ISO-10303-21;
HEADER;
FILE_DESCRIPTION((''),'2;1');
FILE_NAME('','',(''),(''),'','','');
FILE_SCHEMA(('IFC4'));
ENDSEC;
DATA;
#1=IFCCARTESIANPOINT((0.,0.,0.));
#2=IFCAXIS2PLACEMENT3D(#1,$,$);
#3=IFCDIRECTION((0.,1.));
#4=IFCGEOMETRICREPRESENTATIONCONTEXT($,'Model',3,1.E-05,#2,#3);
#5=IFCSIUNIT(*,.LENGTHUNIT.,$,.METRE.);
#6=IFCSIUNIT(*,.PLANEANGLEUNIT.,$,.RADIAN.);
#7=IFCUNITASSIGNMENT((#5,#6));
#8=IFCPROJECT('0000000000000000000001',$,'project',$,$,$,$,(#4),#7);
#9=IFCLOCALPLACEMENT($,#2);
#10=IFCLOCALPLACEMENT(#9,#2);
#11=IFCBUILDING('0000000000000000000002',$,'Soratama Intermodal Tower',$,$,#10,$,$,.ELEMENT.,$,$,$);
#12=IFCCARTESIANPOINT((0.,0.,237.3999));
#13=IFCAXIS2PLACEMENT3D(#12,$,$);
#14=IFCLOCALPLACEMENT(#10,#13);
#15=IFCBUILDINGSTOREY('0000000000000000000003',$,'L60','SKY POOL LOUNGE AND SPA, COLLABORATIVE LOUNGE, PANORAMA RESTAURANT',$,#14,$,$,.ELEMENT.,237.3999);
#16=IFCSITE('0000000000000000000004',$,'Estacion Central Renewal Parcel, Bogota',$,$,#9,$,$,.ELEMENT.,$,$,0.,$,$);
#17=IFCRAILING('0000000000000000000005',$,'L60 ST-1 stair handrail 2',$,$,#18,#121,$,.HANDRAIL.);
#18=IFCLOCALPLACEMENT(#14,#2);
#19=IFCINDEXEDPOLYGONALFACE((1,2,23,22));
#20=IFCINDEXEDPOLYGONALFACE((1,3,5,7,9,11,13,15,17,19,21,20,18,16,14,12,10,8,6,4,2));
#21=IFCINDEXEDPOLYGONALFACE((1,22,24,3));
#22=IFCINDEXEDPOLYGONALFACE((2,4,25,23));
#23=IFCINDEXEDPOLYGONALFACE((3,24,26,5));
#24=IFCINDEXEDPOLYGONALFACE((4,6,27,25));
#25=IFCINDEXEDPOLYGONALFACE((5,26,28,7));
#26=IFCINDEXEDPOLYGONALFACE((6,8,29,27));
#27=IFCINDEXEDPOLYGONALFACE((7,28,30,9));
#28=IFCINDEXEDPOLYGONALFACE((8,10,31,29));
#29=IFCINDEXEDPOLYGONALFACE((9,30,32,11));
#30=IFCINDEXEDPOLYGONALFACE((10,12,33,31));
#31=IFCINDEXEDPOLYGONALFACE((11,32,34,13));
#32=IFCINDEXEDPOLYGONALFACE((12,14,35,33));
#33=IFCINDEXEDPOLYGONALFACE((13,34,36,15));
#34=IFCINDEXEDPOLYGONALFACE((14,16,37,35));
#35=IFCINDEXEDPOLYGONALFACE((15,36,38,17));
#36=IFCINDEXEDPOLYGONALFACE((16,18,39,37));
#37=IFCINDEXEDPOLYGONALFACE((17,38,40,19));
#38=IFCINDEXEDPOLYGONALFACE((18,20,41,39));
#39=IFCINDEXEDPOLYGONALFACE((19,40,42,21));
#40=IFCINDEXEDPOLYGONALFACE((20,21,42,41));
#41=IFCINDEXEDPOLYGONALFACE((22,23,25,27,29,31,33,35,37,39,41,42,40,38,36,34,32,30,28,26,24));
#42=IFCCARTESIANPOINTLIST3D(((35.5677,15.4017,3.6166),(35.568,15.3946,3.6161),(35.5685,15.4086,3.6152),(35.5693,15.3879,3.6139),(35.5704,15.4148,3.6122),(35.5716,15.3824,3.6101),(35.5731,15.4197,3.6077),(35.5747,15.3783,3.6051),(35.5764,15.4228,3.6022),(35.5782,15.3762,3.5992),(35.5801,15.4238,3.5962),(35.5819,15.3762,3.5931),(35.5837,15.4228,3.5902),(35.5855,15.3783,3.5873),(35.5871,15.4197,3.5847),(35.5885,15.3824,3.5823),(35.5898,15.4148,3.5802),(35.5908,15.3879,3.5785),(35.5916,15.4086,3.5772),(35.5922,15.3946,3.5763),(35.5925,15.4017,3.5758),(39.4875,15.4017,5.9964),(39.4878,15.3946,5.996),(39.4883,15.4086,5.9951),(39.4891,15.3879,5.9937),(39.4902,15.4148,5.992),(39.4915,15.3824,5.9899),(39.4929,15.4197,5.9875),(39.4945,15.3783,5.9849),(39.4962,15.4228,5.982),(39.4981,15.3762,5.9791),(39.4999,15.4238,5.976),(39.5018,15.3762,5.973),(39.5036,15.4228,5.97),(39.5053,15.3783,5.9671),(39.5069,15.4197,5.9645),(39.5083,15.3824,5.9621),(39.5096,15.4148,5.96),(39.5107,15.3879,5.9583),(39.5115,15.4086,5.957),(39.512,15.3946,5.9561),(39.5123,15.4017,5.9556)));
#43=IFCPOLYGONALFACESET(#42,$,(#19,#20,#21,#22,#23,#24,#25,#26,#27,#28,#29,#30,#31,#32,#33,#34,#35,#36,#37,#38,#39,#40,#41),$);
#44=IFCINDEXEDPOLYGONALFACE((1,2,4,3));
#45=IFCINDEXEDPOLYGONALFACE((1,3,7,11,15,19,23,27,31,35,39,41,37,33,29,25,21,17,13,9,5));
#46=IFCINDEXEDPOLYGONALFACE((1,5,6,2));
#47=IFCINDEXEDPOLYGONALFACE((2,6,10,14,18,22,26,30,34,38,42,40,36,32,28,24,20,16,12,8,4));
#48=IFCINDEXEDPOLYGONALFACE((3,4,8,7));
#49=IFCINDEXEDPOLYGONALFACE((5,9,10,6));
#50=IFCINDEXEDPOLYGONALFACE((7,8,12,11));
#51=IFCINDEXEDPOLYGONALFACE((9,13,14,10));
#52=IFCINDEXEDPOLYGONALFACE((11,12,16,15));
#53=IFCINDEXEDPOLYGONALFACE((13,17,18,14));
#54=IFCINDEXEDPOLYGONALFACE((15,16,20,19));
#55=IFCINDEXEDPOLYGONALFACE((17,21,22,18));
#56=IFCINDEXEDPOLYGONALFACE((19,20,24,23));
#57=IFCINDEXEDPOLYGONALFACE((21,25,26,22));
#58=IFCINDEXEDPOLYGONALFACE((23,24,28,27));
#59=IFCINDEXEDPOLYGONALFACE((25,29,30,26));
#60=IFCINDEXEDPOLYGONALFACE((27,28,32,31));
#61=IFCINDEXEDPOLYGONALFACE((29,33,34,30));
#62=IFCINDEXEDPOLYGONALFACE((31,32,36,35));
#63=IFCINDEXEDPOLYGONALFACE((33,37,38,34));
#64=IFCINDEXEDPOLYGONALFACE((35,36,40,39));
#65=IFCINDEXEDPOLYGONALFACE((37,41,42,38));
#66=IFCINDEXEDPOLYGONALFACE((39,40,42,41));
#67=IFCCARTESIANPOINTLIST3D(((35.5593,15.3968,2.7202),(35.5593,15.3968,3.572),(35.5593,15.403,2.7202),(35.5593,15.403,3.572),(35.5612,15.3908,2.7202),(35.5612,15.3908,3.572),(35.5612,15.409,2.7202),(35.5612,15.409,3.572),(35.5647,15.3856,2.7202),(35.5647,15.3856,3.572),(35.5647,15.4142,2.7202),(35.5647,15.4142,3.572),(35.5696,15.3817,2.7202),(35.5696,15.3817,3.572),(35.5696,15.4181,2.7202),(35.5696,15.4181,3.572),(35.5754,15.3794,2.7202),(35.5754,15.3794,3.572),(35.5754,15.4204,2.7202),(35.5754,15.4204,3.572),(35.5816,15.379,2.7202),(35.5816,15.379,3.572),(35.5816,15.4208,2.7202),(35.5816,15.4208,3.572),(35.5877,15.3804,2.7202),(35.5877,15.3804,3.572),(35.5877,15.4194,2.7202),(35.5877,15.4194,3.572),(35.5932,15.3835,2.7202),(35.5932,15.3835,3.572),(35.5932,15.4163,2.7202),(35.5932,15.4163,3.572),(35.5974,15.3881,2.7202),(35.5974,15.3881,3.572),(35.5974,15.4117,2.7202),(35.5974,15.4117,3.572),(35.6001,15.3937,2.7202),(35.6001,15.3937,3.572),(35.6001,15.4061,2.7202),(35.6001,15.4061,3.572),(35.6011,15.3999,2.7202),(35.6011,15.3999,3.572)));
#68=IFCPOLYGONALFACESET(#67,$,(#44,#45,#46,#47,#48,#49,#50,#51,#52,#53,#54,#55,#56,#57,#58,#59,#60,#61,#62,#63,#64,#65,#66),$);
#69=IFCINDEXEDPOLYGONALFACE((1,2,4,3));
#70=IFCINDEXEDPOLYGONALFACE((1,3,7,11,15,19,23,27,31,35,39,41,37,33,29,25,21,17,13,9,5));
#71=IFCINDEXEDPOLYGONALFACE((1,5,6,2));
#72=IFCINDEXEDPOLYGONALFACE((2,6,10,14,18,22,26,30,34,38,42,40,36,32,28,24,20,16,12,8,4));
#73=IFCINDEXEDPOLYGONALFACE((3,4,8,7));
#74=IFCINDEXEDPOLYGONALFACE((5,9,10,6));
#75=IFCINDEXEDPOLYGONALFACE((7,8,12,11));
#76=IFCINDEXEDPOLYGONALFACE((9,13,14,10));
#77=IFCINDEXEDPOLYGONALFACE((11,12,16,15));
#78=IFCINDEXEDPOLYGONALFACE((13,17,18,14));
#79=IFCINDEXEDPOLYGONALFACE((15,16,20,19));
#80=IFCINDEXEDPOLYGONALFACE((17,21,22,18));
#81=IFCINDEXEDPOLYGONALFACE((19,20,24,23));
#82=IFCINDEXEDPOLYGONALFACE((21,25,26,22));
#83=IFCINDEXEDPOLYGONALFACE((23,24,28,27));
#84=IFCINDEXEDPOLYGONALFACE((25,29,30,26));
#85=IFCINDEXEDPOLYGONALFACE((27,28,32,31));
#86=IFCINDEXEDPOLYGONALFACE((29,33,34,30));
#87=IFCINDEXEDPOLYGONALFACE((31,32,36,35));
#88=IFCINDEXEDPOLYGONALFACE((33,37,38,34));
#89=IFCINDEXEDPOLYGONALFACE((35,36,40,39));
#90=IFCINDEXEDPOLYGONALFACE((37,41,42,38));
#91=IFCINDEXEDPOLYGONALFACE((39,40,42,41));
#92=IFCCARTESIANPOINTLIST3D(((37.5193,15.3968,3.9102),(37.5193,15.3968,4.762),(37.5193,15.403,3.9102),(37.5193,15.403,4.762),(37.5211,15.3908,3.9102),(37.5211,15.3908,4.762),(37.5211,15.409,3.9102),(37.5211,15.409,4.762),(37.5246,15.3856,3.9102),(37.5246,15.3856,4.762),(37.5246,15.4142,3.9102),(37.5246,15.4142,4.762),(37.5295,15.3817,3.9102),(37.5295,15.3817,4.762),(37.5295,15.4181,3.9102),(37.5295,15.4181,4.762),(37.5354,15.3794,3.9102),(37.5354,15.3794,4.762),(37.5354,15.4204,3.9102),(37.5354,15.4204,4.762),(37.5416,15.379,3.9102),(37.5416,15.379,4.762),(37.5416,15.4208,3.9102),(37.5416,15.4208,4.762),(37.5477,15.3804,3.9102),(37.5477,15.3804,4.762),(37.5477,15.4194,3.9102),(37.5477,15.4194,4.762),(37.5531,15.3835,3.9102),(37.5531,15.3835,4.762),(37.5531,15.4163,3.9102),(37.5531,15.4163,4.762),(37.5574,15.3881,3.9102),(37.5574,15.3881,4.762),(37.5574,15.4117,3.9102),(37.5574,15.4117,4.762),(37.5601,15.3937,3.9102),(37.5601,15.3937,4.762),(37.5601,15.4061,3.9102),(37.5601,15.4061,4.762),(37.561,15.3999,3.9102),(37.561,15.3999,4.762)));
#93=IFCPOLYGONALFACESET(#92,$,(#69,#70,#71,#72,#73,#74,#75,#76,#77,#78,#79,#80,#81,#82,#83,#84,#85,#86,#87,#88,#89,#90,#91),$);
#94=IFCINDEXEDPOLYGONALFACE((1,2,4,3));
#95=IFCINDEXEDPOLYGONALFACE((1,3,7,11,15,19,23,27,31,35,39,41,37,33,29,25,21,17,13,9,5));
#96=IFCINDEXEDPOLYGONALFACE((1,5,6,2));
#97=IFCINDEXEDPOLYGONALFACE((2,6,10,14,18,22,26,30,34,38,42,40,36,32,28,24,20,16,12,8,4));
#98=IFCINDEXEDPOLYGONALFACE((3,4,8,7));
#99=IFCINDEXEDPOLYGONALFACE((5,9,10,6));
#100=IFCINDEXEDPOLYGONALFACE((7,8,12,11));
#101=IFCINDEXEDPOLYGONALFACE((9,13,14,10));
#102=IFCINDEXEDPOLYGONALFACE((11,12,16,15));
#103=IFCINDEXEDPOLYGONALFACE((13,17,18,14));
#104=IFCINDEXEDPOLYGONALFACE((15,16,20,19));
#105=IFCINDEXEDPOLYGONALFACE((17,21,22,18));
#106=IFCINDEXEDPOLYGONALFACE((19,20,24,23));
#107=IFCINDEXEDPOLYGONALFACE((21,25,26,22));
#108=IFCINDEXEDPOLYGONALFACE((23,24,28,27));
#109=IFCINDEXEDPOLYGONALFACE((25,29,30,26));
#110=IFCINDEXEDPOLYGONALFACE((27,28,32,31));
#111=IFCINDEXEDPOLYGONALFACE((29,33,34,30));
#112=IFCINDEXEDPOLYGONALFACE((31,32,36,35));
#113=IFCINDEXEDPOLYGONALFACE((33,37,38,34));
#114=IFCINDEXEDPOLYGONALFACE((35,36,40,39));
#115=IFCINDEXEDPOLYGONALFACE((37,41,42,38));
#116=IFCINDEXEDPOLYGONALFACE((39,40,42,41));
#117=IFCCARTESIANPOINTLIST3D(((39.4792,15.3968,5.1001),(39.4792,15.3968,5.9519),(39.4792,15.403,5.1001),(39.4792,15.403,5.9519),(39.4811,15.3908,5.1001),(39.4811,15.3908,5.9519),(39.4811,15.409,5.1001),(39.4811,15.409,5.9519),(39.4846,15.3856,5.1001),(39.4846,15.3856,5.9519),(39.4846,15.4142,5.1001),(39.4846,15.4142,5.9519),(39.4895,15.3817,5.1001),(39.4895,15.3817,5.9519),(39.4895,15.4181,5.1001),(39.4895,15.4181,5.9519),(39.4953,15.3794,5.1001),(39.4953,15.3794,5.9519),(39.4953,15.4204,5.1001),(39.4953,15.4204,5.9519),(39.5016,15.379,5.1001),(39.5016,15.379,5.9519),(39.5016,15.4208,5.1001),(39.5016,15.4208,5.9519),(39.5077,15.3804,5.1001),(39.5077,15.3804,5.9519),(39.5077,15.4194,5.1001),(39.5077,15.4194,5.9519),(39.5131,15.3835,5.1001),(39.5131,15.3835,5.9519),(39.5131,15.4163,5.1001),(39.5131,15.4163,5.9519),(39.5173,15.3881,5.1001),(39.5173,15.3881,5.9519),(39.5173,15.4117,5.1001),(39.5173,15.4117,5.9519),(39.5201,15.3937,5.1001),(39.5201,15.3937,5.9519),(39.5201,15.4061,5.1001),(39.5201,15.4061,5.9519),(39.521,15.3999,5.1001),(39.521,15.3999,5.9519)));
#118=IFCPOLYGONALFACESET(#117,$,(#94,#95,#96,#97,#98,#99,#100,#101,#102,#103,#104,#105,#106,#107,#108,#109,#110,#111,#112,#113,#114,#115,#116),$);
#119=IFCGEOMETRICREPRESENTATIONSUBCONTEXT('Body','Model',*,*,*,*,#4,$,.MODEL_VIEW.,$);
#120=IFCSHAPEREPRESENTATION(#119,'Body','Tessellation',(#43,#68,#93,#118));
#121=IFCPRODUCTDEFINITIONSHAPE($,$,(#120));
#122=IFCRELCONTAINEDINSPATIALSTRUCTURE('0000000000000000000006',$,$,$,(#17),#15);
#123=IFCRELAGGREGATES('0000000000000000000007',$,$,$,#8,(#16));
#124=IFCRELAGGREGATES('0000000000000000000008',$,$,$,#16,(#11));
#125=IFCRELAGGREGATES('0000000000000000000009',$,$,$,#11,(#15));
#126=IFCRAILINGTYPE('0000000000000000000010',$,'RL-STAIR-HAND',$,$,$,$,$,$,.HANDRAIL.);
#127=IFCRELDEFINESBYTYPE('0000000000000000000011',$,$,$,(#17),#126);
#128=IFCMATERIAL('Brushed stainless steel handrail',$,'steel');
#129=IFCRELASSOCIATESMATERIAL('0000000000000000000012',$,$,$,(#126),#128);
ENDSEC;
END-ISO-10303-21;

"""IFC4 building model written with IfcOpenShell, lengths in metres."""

from ifc_helpers import new_model, si_unit, direction, frame, origin, origin_2d, place, context, subcontext, project, spatial, circle, extrude, material, type_object, element, save


model = new_model("IFC4")

# Units and contexts
model_context = context("Model", 3, precision=1e-05, world=origin(), true_north=direction((0.0, 1.0)))
body_context = subcontext(model_context, "Body", "Model", "MODEL_VIEW")
ifc_project = project(units=[si_unit("LENGTHUNIT", "METRE"), si_unit("PLANEANGLEUNIT", "RADIAN")], contexts=[model_context])

# Site, building, storey
site_placement = place(None, origin())
site = spatial("IfcSite", under=ifc_project, at=site_placement, Name="Estacion Central Renewal Parcel, Bogota", CompositionType="ELEMENT", RefElevation=0.0)
building_placement = place(site_placement, origin())
building = spatial("IfcBuilding", under=site, at=building_placement, Name="Soratama Intermodal Tower", CompositionType="ELEMENT")
storey_placement = place(building_placement, frame((0.0, 0.0, 237.3999)))
storey = spatial("IfcBuildingStorey", under=building, at=storey_placement, Name="L60", Description="SKY POOL LOUNGE AND SPA, COLLABORATIVE LOUNGE, PANORAMA RESTAURANT", CompositionType="ELEMENT", Elevation=237.3999)

# Railing
ifc_material_1 = material(Name="Brushed stainless steel handrail", Category="steel")
railing_type_1 = type_object("IfcRailingType", Name="RL-STAIR-HAND", PredefinedType="HANDRAIL", material=ifc_material_1)
railing_1_placement = place(storey_placement, frame((35.5801, 15.3999, 2.7202)))
element("IfcRailing", 1, at=railing_1_placement, inside=storey, type_object=railing_type_1, Name="L60 ST-1 stair handrail 2", PredefinedType="HANDRAIL", context=body_context, shape_type="SweptSolid", body=[
    extrude(circle(Radius=0.0239, at=origin_2d()), frame((0.0, 0.0, 0.876), z_axis=(0.854794, 0.0, 0.518967), x_axis=(0.0, 1.0, 0.0)), (0.0, 0.0, 1.0), 4.5857),
    extrude(circle(Radius=0.021, at=origin_2d()), origin(), (0.0, 0.0, 1.0), 0.8518),
    extrude(circle(Radius=0.021, at=origin_2d()), frame((1.96, 0.0, 1.1899)), (0.0, 0.0, 1.0), 0.8518),
    extrude(circle(Radius=0.021, at=origin_2d()), frame((3.9199, 0.0, 2.3799)), (0.0, 0.0, 1.0), 0.8518),
])

save(model, "model.ifc")
